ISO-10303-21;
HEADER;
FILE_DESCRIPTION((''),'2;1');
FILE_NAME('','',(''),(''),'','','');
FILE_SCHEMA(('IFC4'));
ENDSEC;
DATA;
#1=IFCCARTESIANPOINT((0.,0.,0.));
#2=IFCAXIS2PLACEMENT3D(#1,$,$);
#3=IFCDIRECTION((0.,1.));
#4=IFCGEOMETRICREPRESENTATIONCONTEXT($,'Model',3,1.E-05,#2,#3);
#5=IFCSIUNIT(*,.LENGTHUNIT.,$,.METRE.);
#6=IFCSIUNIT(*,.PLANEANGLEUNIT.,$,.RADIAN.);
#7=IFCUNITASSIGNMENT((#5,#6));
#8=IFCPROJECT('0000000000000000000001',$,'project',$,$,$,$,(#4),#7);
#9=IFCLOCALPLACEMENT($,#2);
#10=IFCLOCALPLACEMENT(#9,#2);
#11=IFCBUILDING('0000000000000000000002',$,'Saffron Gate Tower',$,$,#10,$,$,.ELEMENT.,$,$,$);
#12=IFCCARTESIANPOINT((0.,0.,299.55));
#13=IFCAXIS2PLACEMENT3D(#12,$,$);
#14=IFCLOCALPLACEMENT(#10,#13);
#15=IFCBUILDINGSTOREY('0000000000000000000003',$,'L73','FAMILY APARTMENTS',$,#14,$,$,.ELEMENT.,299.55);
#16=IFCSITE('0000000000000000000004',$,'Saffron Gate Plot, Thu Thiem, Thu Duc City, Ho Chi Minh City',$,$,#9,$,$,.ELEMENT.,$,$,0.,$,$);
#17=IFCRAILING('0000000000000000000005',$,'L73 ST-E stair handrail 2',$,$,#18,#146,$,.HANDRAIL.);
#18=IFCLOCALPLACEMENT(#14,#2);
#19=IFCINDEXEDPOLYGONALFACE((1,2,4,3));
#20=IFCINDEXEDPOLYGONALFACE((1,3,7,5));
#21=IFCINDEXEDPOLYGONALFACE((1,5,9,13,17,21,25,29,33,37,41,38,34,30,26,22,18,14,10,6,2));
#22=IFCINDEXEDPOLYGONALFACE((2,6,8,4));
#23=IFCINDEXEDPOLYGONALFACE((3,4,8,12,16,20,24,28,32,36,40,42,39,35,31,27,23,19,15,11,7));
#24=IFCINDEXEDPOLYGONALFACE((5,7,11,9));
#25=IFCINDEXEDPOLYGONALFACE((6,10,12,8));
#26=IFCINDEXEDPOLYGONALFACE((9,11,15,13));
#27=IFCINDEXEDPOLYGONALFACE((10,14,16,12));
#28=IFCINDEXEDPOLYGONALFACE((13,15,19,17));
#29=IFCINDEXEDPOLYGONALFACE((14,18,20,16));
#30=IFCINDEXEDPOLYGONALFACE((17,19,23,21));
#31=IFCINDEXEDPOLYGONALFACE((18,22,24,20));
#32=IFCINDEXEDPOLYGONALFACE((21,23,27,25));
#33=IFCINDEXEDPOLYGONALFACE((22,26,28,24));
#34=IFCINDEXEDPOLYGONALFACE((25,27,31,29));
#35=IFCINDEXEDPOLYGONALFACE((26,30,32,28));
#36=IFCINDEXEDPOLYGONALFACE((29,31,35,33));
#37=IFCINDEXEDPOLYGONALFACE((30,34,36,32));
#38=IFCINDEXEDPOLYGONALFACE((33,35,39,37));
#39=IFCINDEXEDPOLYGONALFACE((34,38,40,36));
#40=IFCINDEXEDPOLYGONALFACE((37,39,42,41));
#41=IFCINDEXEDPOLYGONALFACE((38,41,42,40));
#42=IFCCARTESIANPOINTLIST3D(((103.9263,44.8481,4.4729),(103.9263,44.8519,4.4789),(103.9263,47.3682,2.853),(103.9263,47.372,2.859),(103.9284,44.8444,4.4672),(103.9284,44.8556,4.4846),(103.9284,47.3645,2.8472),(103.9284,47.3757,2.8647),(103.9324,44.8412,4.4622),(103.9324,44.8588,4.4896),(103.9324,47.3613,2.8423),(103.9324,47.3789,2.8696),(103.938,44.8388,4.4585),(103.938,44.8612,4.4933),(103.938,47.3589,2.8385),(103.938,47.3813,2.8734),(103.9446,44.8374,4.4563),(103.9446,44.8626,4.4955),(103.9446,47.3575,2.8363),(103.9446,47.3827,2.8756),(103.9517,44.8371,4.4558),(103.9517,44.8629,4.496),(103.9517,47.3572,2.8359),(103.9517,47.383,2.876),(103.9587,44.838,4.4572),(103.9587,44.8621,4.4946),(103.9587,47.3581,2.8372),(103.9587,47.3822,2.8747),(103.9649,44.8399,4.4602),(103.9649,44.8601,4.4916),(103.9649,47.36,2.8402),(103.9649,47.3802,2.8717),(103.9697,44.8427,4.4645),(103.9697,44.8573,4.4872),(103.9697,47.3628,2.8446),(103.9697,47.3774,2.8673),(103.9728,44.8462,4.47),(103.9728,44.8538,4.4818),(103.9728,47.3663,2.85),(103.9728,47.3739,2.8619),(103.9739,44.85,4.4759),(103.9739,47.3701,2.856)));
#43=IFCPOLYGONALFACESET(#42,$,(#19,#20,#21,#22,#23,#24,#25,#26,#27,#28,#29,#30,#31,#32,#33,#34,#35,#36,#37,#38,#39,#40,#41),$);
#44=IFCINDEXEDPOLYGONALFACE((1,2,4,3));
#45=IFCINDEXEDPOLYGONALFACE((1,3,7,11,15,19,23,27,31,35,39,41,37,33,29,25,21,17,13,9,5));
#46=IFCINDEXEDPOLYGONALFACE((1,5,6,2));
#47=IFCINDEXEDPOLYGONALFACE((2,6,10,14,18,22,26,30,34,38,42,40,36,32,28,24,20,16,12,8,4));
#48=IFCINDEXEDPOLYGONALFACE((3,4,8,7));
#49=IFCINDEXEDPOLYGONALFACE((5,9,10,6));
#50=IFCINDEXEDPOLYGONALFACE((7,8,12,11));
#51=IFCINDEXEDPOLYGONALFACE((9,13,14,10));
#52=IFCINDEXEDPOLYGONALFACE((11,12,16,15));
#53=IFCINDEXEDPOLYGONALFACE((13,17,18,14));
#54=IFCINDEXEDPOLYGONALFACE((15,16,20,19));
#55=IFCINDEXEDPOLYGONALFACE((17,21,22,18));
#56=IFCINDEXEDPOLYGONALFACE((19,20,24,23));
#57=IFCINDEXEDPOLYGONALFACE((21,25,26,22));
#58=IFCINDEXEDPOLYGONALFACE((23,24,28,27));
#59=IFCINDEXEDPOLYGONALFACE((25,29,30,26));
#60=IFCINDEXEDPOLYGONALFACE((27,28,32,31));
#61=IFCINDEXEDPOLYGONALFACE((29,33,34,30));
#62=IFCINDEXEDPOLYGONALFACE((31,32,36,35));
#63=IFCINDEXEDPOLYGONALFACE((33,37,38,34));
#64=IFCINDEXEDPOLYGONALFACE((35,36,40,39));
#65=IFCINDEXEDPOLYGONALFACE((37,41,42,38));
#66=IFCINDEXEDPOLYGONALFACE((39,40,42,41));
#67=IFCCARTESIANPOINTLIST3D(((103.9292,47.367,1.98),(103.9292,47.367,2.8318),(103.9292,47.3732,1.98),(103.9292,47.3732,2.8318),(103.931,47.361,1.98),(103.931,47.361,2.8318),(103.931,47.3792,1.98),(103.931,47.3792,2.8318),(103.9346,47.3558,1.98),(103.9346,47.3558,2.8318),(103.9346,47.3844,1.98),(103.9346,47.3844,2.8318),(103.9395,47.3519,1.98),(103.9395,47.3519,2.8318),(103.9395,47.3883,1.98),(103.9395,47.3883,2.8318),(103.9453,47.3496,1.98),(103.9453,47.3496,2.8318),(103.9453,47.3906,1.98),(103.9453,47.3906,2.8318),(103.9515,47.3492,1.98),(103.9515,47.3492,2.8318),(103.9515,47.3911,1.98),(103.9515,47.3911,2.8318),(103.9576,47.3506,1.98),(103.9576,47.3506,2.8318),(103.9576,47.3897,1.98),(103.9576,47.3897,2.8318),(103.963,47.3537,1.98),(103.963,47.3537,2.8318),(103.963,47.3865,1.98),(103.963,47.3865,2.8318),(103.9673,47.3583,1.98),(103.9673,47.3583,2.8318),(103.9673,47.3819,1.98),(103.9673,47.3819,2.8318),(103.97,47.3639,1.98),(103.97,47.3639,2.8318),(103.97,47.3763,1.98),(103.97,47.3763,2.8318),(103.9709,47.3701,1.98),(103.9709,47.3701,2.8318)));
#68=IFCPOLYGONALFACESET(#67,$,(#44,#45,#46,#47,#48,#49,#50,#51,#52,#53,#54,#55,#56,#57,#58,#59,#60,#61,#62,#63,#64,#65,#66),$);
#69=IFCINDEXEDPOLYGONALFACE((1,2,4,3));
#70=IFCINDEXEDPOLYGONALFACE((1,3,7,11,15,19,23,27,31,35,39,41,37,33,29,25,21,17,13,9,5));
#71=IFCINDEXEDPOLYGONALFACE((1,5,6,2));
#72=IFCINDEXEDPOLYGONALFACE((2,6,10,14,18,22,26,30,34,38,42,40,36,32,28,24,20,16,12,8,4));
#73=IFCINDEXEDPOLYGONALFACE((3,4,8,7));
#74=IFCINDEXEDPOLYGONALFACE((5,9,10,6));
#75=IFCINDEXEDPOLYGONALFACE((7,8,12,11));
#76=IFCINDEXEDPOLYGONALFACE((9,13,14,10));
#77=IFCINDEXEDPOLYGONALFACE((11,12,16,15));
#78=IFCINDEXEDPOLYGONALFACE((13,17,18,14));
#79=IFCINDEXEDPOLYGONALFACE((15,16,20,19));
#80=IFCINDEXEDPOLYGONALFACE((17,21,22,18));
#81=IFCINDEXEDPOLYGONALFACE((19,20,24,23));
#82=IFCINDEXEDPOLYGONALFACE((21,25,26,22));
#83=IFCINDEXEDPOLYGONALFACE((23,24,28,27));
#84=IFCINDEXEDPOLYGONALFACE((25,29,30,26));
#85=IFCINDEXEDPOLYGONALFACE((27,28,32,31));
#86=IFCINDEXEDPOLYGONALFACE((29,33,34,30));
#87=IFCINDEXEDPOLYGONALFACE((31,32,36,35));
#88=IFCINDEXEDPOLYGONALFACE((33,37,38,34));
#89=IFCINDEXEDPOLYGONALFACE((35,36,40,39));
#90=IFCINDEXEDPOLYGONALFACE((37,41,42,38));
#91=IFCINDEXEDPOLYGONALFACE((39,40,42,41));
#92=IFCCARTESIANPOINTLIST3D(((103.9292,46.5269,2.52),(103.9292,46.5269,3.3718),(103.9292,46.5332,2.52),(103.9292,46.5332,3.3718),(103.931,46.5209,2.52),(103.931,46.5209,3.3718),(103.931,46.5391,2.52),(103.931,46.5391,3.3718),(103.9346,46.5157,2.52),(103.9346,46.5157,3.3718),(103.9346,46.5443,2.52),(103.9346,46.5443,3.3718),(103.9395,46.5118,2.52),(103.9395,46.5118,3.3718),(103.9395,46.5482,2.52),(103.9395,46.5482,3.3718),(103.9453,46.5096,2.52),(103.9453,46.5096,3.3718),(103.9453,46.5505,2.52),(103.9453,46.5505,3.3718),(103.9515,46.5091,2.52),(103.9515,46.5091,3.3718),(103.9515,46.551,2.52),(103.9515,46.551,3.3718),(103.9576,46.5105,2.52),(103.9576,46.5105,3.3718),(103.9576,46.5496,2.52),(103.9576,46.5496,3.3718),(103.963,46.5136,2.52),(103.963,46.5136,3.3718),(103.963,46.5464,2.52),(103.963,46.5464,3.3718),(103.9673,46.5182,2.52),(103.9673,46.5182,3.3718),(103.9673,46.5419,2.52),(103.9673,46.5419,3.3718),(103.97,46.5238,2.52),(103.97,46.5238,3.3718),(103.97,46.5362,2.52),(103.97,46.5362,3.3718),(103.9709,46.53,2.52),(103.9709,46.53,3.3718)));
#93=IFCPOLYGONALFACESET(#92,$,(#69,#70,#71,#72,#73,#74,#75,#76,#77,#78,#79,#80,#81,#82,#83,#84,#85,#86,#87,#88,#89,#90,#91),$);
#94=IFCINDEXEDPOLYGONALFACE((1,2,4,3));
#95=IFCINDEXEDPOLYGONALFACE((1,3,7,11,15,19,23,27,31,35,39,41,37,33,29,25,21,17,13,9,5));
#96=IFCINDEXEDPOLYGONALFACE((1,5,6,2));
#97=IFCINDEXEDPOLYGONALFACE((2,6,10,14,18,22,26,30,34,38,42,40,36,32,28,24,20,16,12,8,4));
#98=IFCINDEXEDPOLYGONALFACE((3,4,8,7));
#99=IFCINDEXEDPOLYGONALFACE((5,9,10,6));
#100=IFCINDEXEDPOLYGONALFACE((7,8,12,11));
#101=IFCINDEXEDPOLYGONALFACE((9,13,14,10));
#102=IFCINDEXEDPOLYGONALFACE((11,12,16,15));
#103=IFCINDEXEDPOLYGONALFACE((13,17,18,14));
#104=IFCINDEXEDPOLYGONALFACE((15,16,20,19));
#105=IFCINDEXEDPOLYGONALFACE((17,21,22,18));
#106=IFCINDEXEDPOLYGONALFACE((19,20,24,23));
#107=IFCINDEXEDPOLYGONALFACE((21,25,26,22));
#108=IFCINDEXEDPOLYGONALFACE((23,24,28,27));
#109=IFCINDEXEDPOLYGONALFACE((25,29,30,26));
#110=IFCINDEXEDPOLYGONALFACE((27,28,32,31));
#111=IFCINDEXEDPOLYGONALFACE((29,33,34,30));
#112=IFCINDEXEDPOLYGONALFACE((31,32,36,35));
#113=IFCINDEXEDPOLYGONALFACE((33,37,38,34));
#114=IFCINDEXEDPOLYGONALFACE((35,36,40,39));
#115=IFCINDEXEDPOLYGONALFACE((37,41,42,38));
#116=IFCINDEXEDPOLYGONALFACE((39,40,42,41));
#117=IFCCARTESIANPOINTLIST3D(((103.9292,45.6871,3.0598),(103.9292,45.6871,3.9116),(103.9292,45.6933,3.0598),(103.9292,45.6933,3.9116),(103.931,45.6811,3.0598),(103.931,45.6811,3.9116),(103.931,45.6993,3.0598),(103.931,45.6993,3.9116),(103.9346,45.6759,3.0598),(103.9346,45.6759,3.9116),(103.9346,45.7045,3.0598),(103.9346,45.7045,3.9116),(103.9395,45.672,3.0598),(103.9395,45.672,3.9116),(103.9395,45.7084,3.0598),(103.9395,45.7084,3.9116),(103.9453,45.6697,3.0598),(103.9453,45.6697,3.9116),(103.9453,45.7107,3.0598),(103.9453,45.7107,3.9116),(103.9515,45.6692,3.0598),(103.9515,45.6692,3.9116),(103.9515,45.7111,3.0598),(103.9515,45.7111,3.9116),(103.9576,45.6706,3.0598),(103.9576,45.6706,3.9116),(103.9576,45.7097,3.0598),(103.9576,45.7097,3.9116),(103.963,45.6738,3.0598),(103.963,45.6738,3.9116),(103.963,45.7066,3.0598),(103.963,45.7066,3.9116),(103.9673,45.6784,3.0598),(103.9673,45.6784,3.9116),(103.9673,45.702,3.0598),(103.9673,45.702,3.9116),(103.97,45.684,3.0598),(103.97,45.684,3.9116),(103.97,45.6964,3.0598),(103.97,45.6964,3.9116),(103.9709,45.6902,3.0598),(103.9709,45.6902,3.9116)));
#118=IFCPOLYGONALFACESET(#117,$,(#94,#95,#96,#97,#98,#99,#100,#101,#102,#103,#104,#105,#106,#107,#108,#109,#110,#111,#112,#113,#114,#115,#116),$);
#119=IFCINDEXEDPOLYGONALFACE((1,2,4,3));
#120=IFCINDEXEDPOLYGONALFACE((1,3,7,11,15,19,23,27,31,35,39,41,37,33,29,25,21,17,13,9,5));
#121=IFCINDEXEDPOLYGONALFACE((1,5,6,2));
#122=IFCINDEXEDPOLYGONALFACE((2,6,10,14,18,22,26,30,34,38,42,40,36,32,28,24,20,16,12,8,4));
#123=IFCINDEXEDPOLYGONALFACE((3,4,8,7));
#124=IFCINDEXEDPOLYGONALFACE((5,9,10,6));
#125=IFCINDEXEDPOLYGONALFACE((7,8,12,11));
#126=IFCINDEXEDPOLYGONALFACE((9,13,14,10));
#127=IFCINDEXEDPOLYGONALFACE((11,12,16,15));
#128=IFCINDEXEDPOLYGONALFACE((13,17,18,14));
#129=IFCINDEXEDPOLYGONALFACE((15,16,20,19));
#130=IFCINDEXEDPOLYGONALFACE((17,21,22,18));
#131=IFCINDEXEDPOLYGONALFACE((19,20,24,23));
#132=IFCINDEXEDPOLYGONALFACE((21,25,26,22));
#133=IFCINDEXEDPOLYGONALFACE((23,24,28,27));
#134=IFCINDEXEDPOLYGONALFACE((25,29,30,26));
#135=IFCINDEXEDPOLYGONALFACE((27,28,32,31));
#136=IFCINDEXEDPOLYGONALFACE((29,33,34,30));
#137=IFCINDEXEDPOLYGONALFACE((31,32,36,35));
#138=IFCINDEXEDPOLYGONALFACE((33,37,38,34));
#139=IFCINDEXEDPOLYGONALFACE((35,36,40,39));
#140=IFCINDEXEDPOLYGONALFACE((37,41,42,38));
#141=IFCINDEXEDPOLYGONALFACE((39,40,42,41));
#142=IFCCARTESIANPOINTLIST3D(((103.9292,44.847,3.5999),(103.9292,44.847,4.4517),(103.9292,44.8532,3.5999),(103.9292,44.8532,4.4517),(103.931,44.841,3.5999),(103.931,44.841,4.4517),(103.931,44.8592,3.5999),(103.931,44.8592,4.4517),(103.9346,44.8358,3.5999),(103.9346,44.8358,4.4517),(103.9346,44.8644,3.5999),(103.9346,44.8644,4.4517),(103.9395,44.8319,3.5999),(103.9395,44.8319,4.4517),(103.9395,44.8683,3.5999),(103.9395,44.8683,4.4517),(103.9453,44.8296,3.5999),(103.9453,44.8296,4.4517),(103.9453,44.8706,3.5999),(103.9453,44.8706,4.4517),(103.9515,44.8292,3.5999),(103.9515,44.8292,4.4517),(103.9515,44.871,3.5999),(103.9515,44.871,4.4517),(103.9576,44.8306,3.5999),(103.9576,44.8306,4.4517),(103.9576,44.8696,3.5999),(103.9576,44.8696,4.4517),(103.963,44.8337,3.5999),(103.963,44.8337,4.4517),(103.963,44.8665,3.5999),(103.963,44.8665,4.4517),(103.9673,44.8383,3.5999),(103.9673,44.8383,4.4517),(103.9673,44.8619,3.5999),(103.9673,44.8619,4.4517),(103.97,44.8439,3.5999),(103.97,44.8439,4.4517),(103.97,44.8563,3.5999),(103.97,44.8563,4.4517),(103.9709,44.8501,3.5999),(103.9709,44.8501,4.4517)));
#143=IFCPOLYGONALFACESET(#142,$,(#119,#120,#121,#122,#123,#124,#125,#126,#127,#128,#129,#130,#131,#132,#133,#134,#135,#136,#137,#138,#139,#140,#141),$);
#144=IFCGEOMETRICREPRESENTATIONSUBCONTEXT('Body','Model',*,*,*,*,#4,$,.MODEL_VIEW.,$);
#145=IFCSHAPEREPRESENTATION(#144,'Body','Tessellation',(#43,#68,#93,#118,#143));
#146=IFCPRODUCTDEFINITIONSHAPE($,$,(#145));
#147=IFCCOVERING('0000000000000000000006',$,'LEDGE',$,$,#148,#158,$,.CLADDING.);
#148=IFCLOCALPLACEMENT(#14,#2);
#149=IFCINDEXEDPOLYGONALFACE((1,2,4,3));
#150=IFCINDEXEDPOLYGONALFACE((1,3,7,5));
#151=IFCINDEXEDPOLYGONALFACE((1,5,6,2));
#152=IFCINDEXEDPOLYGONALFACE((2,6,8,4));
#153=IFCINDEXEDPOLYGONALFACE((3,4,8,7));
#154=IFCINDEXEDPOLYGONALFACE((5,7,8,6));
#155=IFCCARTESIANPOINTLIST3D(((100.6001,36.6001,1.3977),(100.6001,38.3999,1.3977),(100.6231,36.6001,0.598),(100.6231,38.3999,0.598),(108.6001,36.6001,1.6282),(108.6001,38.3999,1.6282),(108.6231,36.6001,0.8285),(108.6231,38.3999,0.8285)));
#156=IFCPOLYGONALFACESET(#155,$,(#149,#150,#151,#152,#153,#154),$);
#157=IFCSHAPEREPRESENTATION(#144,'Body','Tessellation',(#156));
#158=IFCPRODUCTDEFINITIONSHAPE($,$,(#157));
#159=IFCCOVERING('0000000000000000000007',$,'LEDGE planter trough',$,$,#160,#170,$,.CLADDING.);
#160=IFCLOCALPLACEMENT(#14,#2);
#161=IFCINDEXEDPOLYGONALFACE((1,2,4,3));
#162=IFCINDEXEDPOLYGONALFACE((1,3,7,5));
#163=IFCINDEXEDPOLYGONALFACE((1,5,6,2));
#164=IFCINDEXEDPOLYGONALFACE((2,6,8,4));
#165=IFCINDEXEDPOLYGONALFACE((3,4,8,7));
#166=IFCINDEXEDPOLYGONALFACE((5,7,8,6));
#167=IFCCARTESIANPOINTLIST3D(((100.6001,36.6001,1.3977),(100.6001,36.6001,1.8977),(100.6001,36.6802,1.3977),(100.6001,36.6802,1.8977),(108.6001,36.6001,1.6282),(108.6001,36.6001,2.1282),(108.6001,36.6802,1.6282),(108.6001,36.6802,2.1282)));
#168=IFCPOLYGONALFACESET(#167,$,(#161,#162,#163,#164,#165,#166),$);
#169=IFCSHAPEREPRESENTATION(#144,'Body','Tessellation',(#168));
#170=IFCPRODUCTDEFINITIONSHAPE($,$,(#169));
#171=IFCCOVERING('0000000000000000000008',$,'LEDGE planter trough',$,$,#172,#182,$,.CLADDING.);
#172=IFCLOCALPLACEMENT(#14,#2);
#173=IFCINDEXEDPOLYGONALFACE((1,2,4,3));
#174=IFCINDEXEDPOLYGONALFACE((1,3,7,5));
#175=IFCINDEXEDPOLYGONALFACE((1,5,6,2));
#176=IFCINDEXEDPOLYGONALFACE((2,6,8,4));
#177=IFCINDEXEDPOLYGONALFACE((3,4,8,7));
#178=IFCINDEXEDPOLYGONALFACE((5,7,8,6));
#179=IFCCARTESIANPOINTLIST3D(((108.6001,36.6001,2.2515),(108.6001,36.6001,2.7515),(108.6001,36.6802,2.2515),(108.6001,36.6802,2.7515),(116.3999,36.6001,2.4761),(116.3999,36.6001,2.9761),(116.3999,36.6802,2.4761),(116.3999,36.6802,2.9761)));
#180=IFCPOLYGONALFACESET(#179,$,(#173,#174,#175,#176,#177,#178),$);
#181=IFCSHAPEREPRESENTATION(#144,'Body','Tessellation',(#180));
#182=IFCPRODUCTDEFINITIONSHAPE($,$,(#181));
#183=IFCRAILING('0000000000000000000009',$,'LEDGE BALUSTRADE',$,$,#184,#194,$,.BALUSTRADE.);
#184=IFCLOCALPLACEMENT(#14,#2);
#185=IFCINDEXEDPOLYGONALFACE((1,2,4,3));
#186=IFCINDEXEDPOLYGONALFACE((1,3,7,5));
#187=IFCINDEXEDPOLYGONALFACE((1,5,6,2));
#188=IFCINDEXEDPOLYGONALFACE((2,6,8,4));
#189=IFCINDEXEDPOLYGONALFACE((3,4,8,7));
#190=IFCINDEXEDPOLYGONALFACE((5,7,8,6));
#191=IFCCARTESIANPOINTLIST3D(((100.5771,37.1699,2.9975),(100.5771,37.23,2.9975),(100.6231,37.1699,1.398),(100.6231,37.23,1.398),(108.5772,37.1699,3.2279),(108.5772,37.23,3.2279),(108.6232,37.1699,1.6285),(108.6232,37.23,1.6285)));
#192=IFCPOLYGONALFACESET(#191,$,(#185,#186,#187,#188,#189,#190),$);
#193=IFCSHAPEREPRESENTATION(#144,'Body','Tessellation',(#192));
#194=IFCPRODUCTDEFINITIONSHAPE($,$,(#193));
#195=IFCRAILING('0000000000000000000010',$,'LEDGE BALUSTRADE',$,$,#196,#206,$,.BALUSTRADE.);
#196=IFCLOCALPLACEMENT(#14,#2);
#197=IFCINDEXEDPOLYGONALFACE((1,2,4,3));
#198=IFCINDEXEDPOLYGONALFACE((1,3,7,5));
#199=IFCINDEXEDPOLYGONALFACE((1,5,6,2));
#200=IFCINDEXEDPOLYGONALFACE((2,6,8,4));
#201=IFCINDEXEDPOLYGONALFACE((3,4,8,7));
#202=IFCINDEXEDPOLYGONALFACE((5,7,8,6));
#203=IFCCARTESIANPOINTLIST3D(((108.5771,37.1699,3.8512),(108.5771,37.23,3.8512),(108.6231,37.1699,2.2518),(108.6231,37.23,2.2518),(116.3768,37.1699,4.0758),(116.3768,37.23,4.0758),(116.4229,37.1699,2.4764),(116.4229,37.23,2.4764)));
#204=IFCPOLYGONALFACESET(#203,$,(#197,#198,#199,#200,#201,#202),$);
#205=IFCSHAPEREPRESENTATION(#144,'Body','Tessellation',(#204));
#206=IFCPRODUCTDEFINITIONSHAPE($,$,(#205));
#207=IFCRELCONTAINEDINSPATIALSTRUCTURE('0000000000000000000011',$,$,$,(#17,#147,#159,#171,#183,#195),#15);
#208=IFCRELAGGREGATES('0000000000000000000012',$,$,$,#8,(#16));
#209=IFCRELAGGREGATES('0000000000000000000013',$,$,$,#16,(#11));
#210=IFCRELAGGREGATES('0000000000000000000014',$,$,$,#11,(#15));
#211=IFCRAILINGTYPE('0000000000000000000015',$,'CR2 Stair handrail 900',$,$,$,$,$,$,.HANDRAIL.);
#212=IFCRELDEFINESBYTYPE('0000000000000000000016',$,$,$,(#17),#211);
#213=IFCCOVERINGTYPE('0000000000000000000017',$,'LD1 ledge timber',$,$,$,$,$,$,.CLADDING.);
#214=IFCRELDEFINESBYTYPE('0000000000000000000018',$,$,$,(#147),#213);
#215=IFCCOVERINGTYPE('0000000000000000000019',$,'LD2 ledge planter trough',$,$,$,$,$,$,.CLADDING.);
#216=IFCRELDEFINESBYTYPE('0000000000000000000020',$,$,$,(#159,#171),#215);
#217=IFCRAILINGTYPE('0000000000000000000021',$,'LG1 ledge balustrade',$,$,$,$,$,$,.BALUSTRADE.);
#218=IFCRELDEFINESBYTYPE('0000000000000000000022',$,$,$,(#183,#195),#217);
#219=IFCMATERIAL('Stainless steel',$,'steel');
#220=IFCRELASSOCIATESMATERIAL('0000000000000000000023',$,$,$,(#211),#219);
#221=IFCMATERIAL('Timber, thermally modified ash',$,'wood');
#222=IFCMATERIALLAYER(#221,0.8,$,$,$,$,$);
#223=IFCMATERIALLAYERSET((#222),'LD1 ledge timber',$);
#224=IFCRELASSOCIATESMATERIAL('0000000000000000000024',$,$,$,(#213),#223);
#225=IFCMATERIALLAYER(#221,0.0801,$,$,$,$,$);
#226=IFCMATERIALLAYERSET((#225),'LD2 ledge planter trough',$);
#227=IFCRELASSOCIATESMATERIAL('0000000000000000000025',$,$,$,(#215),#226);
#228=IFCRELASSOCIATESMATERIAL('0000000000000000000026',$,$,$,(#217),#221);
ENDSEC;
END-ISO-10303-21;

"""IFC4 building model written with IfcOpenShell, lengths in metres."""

from ifc_helpers import new_model, si_unit, direction, frame, origin, origin_2d, place, context, subcontext, project, spatial, polyline, rectangle, circle, outline, extrude, material, layer, layer_set, type_object, element, save


model = new_model("IFC4")

# Units and contexts
model_context = context("Model", 3, precision=1e-05, world=origin(), true_north=direction((0.0, 1.0)))
body_context = subcontext(model_context, "Body", "Model", "MODEL_VIEW")
ifc_project = project(units=[si_unit("LENGTHUNIT", "METRE"), si_unit("PLANEANGLEUNIT", "RADIAN")], contexts=[model_context])

# Site, building, storey
site_placement = place(None, origin())
site = spatial("IfcSite", under=ifc_project, at=site_placement, Name="Saffron Gate Plot, Thu Thiem, Thu Duc City, Ho Chi Minh City", CompositionType="ELEMENT", RefElevation=0.0)
building_placement = place(site_placement, origin())
building = spatial("IfcBuilding", under=site, at=building_placement, Name="Saffron Gate Tower", CompositionType="ELEMENT")
storey_placement = place(building_placement, frame((0.0, 0.0, 299.55)))
storey = spatial("IfcBuildingStorey", under=building, at=storey_placement, Name="L73", Description="FAMILY APARTMENTS", CompositionType="ELEMENT", Elevation=299.55)

# Railing
ifc_material_1 = material(Name="Stainless steel", Category="steel")
railing_type_1 = type_object("IfcRailingType", Name="CR2 Stair handrail 900", PredefinedType="HANDRAIL", material=ifc_material_1)
railing_1_placement = place(storey_placement, frame((103.95, 47.3701, 1.98)))
element("IfcRailing", 1, at=railing_1_placement, inside=storey, type_object=railing_type_1, Name="L73 ST-E stair handrail 2", PredefinedType="HANDRAIL", context=body_context, shape_type="SweptSolid", body=[
    extrude(circle(Radius=0.0239, at=origin_2d()), frame((0.0, 0.0, 0.876), z_axis=(0.0, -0.8412, 0.540725), x_axis=(1.0, 0.0, 0.0)), (0.0, 0.0, 1.0), 2.9958),
    extrude(circle(Radius=0.021, at=origin_2d()), origin(), (0.0, 0.0, 1.0), 0.8518),
    extrude(circle(Radius=0.021, at=origin_2d()), frame((0.0, -0.8401, 0.54)), (0.0, 0.0, 1.0), 0.8518),
    extrude(circle(Radius=0.021, at=origin_2d()), frame((0.0, -1.6799, 1.0798)), (0.0, 0.0, 1.0), 0.8518),
    extrude(circle(Radius=0.021, at=origin_2d()), frame((0.0, -2.52, 1.6199)), (0.0, 0.0, 1.0), 0.8518),
])

# Coverings
ifc_material_2 = material(Name="Timber, thermally modified ash", Category="wood")
ifc_layer_1 = layer(ifc_material_2, 0.8)
ifc_layer_set_1 = layer_set([ifc_layer_1], Name="LD1 ledge timber")
covering_type_1 = type_object("IfcCoveringType", Name="LD1 ledge timber", PredefinedType="CLADDING", material=ifc_layer_set_1)
covering_1_placement = place(storey_placement, frame((100.6001, 38.3999, 1.3977), z_axis=(-0.028797, 0.0, 0.999585), x_axis=(0.999585, 0.0, 0.028797)))
element("IfcCovering", 2, at=covering_1_placement, inside=storey, type_object=covering_type_1, Name="LEDGE", PredefinedType="CLADDING", context=body_context, shape_type="SweptSolid", body=[
    extrude(outline(polyline([(0.0, 0.0), (8.0033, 0.0), (8.0033, -1.7998), (0.0, -1.7998), (0.0, 0.0)])), origin(), (0.0, 0.0, -1.0), 0.8),
])
ifc_layer_2 = layer(ifc_material_2, 0.0801)
ifc_layer_set_2 = layer_set([ifc_layer_2], Name="LD2 ledge planter trough")
covering_type_2 = type_object("IfcCoveringType", Name="LD2 ledge planter trough", PredefinedType="CLADDING", material=ifc_layer_set_2)
covering_2_placement = place(storey_placement, frame((100.6001, 36.6001, 1.3977), z_axis=(0.0, -1.0, 0.0), x_axis=(0.999585, 0.0, 0.028797)))
element("IfcCovering", 3, at=covering_2_placement, inside=storey, type_object=covering_type_2, Name="LEDGE planter trough", PredefinedType="CLADDING", context=body_context, shape_type="SweptSolid", body=[
    extrude(outline(polyline([(0.0, 0.0), (8.0033, 0.0), (8.0177, 0.4998), (0.0144, 0.4998), (0.0, 0.0)])), origin(), (0.0, 0.0, -1.0), 0.0801),
])
covering_3_placement = place(storey_placement, frame((108.6001, 36.6001, 2.2515), z_axis=(0.0, -1.0, 0.0), x_axis=(0.999586, 0.0, 0.028785)))
element("IfcCovering", 4, at=covering_3_placement, inside=storey, type_object=covering_type_2, Name="LEDGE planter trough", PredefinedType="CLADDING", context=body_context, shape_type="SweptSolid", body=[
    extrude(outline(polyline([(0.0, 0.0), (7.803, 0.0), (7.8174, 0.4998), (0.0144, 0.4998), (0.0, 0.0)])), origin(), (0.0, 0.0, -1.0), 0.0801),
])

# Railings
railing_type_2 = type_object("IfcRailingType", Name="LG1 ledge balustrade", PredefinedType="BALUSTRADE", material=ifc_material_2)
railing_2_placement = place(storey_placement, frame((100.6001, 37.2, 1.3977)))
element("IfcRailing", 5, at=railing_2_placement, inside=storey, type_object=railing_type_2, Name="LEDGE BALUSTRADE", PredefinedType="BALUSTRADE", context=body_context, shape_type="SweptSolid", body=[
    extrude(rectangle(XDim=0.0601, YDim=1.6001, at=origin_2d()), frame((0.0, 0.0, 0.8), z_axis=(0.999585, 0.0, 0.028797), x_axis=(0.0, 1.0, 0.0)), (0.0, 0.0, 1.0), 8.0034),
])
railing_3_placement = place(storey_placement, frame((108.6001, 37.2, 2.2515)))
element("IfcRailing", 6, at=railing_3_placement, inside=storey, type_object=railing_type_2, Name="LEDGE BALUSTRADE", PredefinedType="BALUSTRADE", context=body_context, shape_type="SweptSolid", body=[
    extrude(rectangle(XDim=0.0601, YDim=1.6001, at=origin_2d()), frame((0.0, 0.0, 0.8), z_axis=(0.999586, 0.0, 0.028785), x_axis=(0.0, 1.0, 0.0)), (0.0, 0.0, 1.0), 7.803),
])

save(model, "model.ifc")
